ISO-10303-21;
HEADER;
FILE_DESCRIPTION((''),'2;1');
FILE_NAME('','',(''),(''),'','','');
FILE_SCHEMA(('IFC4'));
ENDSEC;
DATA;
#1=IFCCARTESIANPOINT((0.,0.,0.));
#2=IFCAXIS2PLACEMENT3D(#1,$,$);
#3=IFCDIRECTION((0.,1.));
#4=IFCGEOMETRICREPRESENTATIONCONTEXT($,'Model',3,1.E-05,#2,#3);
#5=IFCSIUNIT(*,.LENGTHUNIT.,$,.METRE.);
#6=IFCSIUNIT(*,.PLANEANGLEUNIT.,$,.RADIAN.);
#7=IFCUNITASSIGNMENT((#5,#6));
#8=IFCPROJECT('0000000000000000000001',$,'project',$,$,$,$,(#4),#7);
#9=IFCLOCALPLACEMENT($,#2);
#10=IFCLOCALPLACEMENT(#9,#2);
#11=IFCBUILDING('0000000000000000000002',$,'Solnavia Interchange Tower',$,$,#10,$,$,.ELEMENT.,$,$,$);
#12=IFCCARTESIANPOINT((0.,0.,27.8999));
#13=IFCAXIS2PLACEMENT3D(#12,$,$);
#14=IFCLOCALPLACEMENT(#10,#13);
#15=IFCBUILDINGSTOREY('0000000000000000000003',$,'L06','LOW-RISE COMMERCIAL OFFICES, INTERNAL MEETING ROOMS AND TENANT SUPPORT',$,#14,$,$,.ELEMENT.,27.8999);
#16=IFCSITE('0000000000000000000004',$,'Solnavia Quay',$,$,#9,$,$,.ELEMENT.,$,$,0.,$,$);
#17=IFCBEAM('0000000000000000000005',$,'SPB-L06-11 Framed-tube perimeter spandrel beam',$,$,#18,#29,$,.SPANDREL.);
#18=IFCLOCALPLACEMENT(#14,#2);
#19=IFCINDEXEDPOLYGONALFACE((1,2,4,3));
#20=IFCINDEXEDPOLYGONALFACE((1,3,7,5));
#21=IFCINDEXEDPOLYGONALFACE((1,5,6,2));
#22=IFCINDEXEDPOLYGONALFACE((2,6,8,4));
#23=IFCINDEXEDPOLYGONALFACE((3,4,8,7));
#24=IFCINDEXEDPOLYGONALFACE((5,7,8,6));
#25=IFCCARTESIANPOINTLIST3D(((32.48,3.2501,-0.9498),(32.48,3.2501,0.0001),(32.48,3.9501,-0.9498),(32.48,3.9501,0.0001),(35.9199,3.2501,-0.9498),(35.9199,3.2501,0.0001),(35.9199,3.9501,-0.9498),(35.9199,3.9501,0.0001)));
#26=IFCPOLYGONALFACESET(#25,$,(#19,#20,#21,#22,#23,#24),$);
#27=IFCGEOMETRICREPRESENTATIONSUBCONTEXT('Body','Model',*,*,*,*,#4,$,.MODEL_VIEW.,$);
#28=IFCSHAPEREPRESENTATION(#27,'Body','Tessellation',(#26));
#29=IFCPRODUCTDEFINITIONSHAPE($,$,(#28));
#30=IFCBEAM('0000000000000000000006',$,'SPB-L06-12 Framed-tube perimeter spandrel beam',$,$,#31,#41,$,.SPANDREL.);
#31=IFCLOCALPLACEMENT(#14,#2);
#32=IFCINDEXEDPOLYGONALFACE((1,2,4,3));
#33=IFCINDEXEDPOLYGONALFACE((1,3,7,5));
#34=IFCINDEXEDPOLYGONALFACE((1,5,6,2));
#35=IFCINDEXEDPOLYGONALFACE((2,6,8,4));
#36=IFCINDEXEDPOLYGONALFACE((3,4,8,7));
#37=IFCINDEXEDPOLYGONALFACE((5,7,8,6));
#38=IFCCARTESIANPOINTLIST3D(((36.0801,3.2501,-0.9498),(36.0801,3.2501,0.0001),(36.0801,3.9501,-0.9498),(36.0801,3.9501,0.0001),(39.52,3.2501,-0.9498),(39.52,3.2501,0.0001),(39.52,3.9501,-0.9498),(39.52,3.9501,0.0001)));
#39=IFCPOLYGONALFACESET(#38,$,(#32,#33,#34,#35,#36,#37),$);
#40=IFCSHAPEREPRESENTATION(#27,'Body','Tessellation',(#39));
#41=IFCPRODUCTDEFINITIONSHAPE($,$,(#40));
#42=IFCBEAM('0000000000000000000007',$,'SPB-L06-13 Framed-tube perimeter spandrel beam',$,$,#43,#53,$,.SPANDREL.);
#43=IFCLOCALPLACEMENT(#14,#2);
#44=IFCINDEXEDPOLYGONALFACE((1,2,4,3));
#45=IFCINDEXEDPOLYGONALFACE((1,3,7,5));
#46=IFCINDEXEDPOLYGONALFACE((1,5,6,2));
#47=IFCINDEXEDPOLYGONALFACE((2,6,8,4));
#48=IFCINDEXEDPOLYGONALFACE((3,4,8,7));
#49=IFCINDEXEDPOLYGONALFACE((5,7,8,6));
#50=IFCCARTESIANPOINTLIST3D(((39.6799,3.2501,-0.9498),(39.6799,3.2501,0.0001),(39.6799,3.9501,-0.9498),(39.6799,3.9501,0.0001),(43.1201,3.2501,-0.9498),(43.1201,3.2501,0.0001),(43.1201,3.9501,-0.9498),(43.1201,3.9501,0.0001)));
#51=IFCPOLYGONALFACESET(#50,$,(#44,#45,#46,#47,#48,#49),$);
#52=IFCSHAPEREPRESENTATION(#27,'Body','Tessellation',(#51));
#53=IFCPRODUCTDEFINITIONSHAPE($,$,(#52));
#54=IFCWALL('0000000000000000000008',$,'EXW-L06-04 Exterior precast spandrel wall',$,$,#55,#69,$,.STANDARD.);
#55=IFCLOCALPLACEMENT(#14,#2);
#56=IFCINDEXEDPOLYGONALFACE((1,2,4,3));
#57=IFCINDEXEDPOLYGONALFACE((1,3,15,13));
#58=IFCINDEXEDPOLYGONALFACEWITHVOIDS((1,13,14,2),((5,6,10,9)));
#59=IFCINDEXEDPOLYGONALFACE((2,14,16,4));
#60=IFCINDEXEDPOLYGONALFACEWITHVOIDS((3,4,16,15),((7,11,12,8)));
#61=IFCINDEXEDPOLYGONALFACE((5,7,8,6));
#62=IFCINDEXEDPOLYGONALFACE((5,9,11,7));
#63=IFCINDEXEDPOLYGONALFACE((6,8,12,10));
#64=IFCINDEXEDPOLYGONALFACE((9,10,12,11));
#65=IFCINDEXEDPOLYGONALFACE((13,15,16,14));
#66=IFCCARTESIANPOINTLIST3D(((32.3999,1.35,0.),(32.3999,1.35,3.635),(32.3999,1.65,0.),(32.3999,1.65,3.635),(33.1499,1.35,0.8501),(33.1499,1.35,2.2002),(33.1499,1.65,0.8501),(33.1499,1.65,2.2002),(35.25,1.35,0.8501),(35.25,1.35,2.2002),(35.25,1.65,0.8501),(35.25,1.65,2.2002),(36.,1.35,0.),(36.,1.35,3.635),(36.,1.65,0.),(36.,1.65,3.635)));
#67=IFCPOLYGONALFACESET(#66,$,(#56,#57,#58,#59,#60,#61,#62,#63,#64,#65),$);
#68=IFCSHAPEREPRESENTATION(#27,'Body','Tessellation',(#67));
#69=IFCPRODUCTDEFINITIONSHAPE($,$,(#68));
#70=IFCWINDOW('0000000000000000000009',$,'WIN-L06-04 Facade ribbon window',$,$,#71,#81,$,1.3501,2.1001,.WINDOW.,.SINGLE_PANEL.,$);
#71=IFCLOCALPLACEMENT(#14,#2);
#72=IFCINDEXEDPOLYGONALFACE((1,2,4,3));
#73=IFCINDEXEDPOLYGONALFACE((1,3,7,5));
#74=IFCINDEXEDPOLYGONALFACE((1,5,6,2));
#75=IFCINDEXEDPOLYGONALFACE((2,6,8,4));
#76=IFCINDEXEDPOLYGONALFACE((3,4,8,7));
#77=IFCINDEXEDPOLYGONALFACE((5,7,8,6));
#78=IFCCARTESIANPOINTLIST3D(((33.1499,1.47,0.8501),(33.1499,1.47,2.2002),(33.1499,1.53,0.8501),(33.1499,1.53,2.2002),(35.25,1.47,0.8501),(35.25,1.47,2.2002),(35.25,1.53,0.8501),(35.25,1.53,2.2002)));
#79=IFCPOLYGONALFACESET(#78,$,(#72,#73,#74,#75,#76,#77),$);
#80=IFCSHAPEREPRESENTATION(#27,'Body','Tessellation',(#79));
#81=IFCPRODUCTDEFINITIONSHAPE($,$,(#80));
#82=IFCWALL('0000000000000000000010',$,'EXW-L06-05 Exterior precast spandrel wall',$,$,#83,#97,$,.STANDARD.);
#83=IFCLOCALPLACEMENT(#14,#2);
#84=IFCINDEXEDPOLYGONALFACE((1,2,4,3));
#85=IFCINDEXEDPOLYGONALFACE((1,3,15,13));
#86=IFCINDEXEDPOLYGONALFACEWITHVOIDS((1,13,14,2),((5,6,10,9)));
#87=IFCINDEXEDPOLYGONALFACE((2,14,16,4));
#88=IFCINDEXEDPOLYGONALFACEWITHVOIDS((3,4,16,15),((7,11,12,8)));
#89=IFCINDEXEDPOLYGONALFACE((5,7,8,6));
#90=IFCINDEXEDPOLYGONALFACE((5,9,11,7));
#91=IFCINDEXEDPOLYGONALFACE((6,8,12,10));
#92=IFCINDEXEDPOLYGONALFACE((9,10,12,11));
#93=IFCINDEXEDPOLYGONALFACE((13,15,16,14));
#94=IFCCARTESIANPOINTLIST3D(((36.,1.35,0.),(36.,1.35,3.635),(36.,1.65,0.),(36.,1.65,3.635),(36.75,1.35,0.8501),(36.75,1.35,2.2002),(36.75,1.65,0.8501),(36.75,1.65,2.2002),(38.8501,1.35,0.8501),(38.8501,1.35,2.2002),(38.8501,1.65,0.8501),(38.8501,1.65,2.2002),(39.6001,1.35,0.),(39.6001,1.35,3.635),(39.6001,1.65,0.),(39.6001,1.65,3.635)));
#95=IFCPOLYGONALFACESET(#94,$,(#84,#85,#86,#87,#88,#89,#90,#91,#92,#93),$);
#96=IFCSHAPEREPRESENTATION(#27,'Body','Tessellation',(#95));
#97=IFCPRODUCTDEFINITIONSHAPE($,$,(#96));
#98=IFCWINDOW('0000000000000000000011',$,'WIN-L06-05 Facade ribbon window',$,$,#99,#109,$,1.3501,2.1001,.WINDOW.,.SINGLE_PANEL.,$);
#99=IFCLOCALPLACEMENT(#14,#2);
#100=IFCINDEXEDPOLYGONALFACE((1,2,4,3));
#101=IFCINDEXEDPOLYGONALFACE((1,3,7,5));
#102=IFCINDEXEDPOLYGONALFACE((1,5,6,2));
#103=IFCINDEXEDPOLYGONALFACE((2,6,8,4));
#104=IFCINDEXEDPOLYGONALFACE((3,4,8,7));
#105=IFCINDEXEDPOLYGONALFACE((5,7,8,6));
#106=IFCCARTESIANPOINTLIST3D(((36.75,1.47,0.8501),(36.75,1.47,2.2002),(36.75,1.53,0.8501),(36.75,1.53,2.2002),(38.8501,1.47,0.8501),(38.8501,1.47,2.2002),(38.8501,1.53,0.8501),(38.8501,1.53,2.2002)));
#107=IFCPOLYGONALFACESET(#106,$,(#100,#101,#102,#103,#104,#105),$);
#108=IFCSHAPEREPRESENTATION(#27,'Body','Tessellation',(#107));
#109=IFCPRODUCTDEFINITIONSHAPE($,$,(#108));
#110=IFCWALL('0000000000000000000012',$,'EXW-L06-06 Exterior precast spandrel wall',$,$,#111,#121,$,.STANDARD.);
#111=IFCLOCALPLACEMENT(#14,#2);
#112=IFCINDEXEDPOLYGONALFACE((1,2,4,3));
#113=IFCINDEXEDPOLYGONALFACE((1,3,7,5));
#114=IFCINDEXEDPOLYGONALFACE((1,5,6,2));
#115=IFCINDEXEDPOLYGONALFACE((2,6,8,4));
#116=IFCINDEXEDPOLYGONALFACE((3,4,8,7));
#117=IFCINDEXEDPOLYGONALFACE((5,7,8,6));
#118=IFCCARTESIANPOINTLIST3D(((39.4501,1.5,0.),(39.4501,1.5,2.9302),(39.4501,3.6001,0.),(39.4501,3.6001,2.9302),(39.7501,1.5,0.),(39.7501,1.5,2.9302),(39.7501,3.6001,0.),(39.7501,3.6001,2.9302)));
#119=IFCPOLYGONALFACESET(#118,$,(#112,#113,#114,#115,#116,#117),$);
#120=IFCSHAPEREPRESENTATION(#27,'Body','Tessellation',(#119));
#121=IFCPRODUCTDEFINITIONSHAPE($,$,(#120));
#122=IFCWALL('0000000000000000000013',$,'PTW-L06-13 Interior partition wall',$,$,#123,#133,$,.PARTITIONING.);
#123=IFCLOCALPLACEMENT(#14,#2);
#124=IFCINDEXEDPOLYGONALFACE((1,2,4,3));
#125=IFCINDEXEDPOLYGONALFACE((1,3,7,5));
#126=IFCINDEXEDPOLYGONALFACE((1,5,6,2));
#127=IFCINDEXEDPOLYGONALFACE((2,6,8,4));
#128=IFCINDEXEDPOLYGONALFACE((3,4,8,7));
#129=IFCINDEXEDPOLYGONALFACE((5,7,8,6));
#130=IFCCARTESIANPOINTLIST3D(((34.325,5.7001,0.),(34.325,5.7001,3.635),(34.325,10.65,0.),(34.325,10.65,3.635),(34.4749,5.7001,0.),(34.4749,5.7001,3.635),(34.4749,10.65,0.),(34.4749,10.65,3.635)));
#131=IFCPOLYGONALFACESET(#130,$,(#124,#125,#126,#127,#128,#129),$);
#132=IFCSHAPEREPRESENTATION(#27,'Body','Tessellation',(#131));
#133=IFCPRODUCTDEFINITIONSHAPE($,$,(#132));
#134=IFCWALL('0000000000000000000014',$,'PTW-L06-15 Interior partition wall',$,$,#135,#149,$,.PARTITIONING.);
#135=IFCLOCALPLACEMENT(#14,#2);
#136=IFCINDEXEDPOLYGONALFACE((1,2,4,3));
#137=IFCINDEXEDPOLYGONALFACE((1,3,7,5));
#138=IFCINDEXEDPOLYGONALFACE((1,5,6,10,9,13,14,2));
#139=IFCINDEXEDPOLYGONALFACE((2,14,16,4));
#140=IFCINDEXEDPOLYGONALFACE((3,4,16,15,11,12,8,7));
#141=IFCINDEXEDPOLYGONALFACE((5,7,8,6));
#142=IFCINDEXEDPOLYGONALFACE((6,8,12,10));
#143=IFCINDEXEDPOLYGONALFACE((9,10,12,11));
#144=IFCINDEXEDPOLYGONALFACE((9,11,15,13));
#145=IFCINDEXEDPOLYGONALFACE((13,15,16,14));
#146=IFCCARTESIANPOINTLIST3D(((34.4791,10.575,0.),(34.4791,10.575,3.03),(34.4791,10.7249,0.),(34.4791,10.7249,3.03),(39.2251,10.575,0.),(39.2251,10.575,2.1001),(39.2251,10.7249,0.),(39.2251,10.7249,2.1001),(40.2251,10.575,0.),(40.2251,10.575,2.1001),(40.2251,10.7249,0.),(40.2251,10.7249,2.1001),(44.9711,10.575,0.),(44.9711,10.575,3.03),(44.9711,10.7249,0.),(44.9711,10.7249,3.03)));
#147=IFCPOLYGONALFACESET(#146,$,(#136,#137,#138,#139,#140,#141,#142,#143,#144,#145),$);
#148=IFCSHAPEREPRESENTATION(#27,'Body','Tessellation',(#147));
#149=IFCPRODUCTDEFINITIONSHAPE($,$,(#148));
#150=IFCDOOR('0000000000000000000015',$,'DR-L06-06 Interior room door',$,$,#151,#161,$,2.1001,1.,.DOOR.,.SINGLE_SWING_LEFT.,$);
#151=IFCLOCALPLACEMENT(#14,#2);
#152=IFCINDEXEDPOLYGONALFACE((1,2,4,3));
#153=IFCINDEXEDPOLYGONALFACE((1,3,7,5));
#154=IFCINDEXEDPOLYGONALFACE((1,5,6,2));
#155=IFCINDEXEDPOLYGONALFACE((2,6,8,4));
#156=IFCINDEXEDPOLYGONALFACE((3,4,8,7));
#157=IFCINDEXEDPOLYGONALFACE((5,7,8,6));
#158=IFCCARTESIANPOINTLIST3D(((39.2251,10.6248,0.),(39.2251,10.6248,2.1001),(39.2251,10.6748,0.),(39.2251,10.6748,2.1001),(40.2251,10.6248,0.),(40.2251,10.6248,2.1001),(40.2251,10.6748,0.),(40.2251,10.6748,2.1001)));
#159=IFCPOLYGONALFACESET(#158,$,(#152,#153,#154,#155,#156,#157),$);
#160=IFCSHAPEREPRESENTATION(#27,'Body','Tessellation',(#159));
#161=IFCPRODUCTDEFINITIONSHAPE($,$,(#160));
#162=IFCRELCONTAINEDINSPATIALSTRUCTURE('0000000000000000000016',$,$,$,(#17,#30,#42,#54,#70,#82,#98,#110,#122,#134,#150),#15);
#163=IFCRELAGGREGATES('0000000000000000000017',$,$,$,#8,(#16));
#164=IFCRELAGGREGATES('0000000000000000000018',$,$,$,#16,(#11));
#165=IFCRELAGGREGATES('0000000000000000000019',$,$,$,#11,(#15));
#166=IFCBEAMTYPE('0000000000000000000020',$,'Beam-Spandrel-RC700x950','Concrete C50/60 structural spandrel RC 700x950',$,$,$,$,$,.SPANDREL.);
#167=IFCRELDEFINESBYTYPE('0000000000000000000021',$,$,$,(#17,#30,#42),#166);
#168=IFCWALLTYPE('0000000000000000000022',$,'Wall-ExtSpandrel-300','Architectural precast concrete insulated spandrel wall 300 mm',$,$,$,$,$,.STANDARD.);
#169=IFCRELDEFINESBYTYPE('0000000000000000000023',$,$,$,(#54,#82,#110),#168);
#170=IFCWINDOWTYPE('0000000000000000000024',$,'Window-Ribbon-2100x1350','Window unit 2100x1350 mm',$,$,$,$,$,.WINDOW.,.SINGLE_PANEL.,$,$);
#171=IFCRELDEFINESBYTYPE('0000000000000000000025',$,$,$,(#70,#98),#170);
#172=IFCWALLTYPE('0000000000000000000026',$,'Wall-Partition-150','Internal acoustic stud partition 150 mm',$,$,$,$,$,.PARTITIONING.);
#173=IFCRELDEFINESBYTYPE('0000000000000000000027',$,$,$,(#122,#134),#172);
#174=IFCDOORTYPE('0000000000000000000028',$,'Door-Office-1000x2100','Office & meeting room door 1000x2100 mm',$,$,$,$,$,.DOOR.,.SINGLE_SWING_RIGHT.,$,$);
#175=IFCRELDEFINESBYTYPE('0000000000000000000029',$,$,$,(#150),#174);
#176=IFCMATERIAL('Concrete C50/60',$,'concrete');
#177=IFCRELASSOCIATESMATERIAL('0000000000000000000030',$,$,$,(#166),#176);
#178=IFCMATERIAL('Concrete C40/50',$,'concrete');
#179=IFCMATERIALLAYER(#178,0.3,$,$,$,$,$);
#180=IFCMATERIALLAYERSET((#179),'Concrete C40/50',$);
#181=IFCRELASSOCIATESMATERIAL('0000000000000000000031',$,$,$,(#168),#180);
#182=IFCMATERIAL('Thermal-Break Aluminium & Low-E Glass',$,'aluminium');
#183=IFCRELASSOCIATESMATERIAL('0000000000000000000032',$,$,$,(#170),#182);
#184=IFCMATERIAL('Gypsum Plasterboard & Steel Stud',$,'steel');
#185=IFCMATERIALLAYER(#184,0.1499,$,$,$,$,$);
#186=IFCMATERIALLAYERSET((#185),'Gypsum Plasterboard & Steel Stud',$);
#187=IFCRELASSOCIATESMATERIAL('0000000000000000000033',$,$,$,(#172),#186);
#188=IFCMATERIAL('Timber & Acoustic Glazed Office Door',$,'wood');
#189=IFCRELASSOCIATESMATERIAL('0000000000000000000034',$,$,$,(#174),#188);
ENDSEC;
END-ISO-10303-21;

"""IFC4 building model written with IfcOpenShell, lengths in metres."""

from ifc_helpers import new_model, si_unit, direction, frame, frame_2d, origin, origin_2d, place, context, subcontext, project, spatial, rectangle, extrude, material, layer, layer_set, material_profile, profile_set, type_object, element, fill, save


model = new_model("IFC4")

# Units and contexts
model_context = context("Model", 3, precision=1e-05, world=origin(), true_north=direction((0.0, 1.0)))
body_context = subcontext(model_context, "Body", "Model", "MODEL_VIEW")
ifc_project = project(units=[si_unit("LENGTHUNIT", "METRE"), si_unit("PLANEANGLEUNIT", "RADIAN")], contexts=[model_context])

# Site, building, storey
site_placement = place(None, origin())
site = spatial("IfcSite", under=ifc_project, at=site_placement, Name="Solnavia Quay", CompositionType="ELEMENT", RefElevation=0.0)
building_placement = place(site_placement, origin())
building = spatial("IfcBuilding", under=site, at=building_placement, Name="Solnavia Interchange Tower", CompositionType="ELEMENT")
storey_placement = place(building_placement, frame((0.0, 0.0, 27.8999)))
storey = spatial("IfcBuildingStorey", under=building, at=storey_placement, Name="L06", Description="LOW-RISE COMMERCIAL OFFICES, INTERNAL MEETING ROOMS AND TENANT SUPPORT", CompositionType="ELEMENT", Elevation=27.8999)

# Beams
ifc_material_1 = material(Name="Concrete C50/60", Category="concrete")
ifc_material_profile_1 = material_profile(ifc_material_1, rectangle(XDim=0.7, YDim=0.95, at=origin_2d()), Name="RC 700x950")
ifc_profile_set_1 = profile_set([ifc_material_profile_1], Name="Concrete C50/60")
beam_type_1 = type_object("IfcBeamType", Name="Beam-Spandrel-RC700x950", Description="Concrete C50/60 structural spandrel RC 700x950", PredefinedType="SPANDREL", material=ifc_profile_set_1)
for number, where, z_axis, x_axis, name in (
    (1, (32.48, 3.6001, -0.4749), (1.0, 0.0, 0.0), (0.0, 1.0, 0.0), "SPB-L06-11 Framed-tube perimeter spandrel beam"),
    (2, (36.0801, 3.6001, -0.4749), (1.0, 0.0, 0.0), (0.0, 1.0, 0.0), "SPB-L06-12 Framed-tube perimeter spandrel beam"),
):
    element("IfcBeam", number, at=place(storey_placement, frame(where, z_axis=z_axis, x_axis=x_axis)), inside=storey, type_object=beam_type_1, Name=name, PredefinedType="SPANDREL", context=body_context, shape_type="SweptSolid", body=[
        extrude(rectangle(XDim=0.7, YDim=0.95, at=origin_2d()), origin(), (0.0, 0.0, 1.0), 3.4399),
    ])
beam_1_placement = place(storey_placement, frame((39.6799, 3.6001, -0.4749), z_axis=(1.0, 0.0, 0.0), x_axis=(0.0, 1.0, 0.0)))
element("IfcBeam", 3, at=beam_1_placement, inside=storey, type_object=beam_type_1, Name="SPB-L06-13 Framed-tube perimeter spandrel beam", PredefinedType="SPANDREL", context=body_context, shape_type="SweptSolid", body=[
    extrude(rectangle(XDim=0.7, YDim=0.95, at=origin_2d()), origin(), (0.0, 0.0, 1.0), 3.4402),
])

# Walls, openings, windows
ifc_material_2 = material(Name="Concrete C40/50", Category="concrete")
ifc_layer_1 = layer(ifc_material_2, 0.3)
ifc_layer_set_1 = layer_set([ifc_layer_1], Name="Concrete C40/50")
wall_type_1 = type_object("IfcWallType", Name="Wall-ExtSpandrel-300", Description="Architectural precast concrete insulated spandrel wall 300 mm", PredefinedType="STANDARD", material=ifc_layer_set_1)
wall_1_placement = place(storey_placement, frame((36.0, 1.5, 0.0), z_axis=(0.0, 0.0, 1.0), x_axis=(-1.0, 0.0, 0.0)))
wall_1 = element("IfcWall", 4, at=wall_1_placement, inside=storey, type_object=wall_type_1, Name="EXW-L06-04 Exterior precast spandrel wall", PredefinedType="STANDARD", context=body_context, shape_type="SweptSolid", body=[
    extrude(rectangle(XDim=3.6001, YDim=0.3, at=frame_2d((1.8, 0.0))), origin(), (0.0, 0.0, 1.0), 3.635),
])
opening_1_placement = place(wall_1_placement, frame((0.75, 0.0, 0.8501)))
opening_1 = element("IfcOpeningElement", 5, at=opening_1_placement, cuts=wall_1, PredefinedType="OPENING", context=body_context, shape_type="SweptSolid", body=[
    extrude(rectangle(XDim=2.1001, YDim=1.3501, at=frame_2d((1.05, 0.675))), frame((0.0, 0.1602, 0.0), z_axis=(0.0, -1.0, 0.0), x_axis=(1.0, 0.0, 0.0)), (0.0, 0.0, 1.0), 0.3201),
])
ifc_material_3 = material(Name="Thermal-Break Aluminium & Low-E Glass", Category="aluminium")
window_type = type_object("IfcWindowType", Name="Window-Ribbon-2100x1350", Description="Window unit 2100x1350 mm", PartitioningType="SINGLE_PANEL", PredefinedType="WINDOW", material=ifc_material_3)
window_1_placement = place(opening_1_placement, origin())
window_1 = element("IfcWindow", 6, at=window_1_placement, inside=storey, type_object=window_type, Name="WIN-L06-04 Facade ribbon window", OverallHeight=1.3501, OverallWidth=2.1001, PartitioningType="SINGLE_PANEL", PredefinedType="WINDOW", context=body_context, shape_type="SweptSolid", body=[
    extrude(rectangle(XDim=2.1001, YDim=1.3501, at=frame_2d((1.05, 0.675))), frame((0.0, 0.03, 0.0), z_axis=(0.0, -1.0, 0.0), x_axis=(1.0, 0.0, 0.0)), (0.0, 0.0, 1.0), 0.0601),
])
fill(opening_1, window_1)
wall_2_placement = place(storey_placement, frame((39.6001, 1.5, 0.0), z_axis=(0.0, 0.0, 1.0), x_axis=(-1.0, 0.0, 0.0)))
wall_2 = element("IfcWall", 7, at=wall_2_placement, inside=storey, type_object=wall_type_1, Name="EXW-L06-05 Exterior precast spandrel wall", PredefinedType="STANDARD", context=body_context, shape_type="SweptSolid", body=[
    extrude(rectangle(XDim=3.6001, YDim=0.3, at=frame_2d((1.8, 0.0))), origin(), (0.0, 0.0, 1.0), 3.635),
])
opening_2_placement = place(wall_2_placement, frame((0.75, 0.0, 0.8501)))
opening_2 = element("IfcOpeningElement", 8, at=opening_2_placement, cuts=wall_2, PredefinedType="OPENING", context=body_context, shape_type="SweptSolid", body=[
    extrude(rectangle(XDim=2.1001, YDim=1.3501, at=frame_2d((1.05, 0.675))), frame((0.0, 0.1602, 0.0), z_axis=(0.0, -1.0, 0.0), x_axis=(1.0, 0.0, 0.0)), (0.0, 0.0, 1.0), 0.3201),
])
window_2_placement = place(opening_2_placement, origin())
window_2 = element("IfcWindow", 9, at=window_2_placement, inside=storey, type_object=window_type, Name="WIN-L06-05 Facade ribbon window", OverallHeight=1.3501, OverallWidth=2.1001, PartitioningType="SINGLE_PANEL", PredefinedType="WINDOW", context=body_context, shape_type="SweptSolid", body=[
    extrude(rectangle(XDim=2.1001, YDim=1.3501, at=frame_2d((1.05, 0.675))), frame((0.0, 0.03, 0.0), z_axis=(0.0, -1.0, 0.0), x_axis=(1.0, 0.0, 0.0)), (0.0, 0.0, 1.0), 0.0601),
])
fill(opening_2, window_2)

# Walls
wall_3_placement = place(storey_placement, frame((39.6001, 3.6001, 0.0), z_axis=(0.0, 0.0, 1.0), x_axis=(0.0, -1.0, 0.0)))
element("IfcWall", 10, at=wall_3_placement, inside=storey, type_object=wall_type_1, Name="EXW-L06-06 Exterior precast spandrel wall", PredefinedType="STANDARD", context=body_context, shape_type="SweptSolid", body=[
    extrude(rectangle(XDim=2.1001, YDim=0.3, at=frame_2d((1.05, 0.0))), origin(), (0.0, 0.0, 1.0), 2.9302),
])
ifc_material_4 = material(Name="Gypsum Plasterboard & Steel Stud", Category="steel")
ifc_layer_2 = layer(ifc_material_4, 0.1499)
ifc_layer_set_2 = layer_set([ifc_layer_2], Name="Gypsum Plasterboard & Steel Stud")
wall_type_2 = type_object("IfcWallType", Name="Wall-Partition-150", Description="Internal acoustic stud partition 150 mm", PredefinedType="PARTITIONING", material=ifc_layer_set_2)
wall_4_placement = place(storey_placement, frame((34.3999, 5.7, 0.0), z_axis=(0.0, 0.0, 1.0), x_axis=(0.0, 1.0, 0.0)))
element("IfcWall", 11, at=wall_4_placement, inside=storey, type_object=wall_type_2, Name="PTW-L06-13 Interior partition wall", PredefinedType="PARTITIONING", context=body_context, shape_type="SweptSolid", body=[
    extrude(rectangle(XDim=4.95, YDim=0.1499, at=frame_2d((2.4751, 0.0))), origin(), (0.0, 0.0, 1.0), 3.635),
])

# Wall, opening, door
wall_5_placement = place(storey_placement, frame((34.479, 10.6499, 0.0), z_axis=(0.0, 0.0, 1.0), x_axis=(1.0, 0.0, 0.0)))
wall_5 = element("IfcWall", 12, at=wall_5_placement, inside=storey, type_object=wall_type_2, Name="PTW-L06-15 Interior partition wall", PredefinedType="PARTITIONING", context=body_context, shape_type="SweptSolid", body=[
    extrude(rectangle(XDim=10.4919, YDim=0.1499, at=frame_2d((5.2461, 0.0))), origin(), (0.0, 0.0, 1.0), 3.03),
])
opening_3_placement = place(wall_5_placement, frame((4.7461, 0.0, 0.0)))
opening_3 = element("IfcOpeningElement", 13, at=opening_3_placement, cuts=wall_5, PredefinedType="OPENING", context=body_context, shape_type="SweptSolid", body=[
    extrude(rectangle(XDim=1.0, YDim=2.1001, at=frame_2d((0.5, 1.05))), frame((0.0, 0.085, 0.0), z_axis=(0.0, -1.0, 0.0), x_axis=(1.0, 0.0, 0.0)), (0.0, 0.0, 1.0), 0.1699),
])
ifc_material_5 = material(Name="Timber & Acoustic Glazed Office Door", Category="wood")
door_type_1 = type_object("IfcDoorType", Name="Door-Office-1000x2100", Description="Office & meeting room door 1000x2100 mm", OperationType="SINGLE_SWING_RIGHT", PredefinedType="DOOR", material=ifc_material_5)
door_1_placement = place(opening_3_placement, origin())
door_1 = element("IfcDoor", 14, at=door_1_placement, inside=storey, type_object=door_type_1, Name="DR-L06-06 Interior room door", OperationType="SINGLE_SWING_LEFT", OverallHeight=2.1001, OverallWidth=1.0, PredefinedType="DOOR", context=body_context, shape_type="SweptSolid", body=[
    extrude(rectangle(XDim=1.0, YDim=2.1001, at=frame_2d((0.5, 1.05))), frame((0.0, 0.0249, 0.0), z_axis=(0.0, -1.0, 0.0), x_axis=(1.0, 0.0, 0.0)), (0.0, 0.0, 1.0), 0.05),
])
fill(opening_3, door_1)

save(model, "model.ifc")
